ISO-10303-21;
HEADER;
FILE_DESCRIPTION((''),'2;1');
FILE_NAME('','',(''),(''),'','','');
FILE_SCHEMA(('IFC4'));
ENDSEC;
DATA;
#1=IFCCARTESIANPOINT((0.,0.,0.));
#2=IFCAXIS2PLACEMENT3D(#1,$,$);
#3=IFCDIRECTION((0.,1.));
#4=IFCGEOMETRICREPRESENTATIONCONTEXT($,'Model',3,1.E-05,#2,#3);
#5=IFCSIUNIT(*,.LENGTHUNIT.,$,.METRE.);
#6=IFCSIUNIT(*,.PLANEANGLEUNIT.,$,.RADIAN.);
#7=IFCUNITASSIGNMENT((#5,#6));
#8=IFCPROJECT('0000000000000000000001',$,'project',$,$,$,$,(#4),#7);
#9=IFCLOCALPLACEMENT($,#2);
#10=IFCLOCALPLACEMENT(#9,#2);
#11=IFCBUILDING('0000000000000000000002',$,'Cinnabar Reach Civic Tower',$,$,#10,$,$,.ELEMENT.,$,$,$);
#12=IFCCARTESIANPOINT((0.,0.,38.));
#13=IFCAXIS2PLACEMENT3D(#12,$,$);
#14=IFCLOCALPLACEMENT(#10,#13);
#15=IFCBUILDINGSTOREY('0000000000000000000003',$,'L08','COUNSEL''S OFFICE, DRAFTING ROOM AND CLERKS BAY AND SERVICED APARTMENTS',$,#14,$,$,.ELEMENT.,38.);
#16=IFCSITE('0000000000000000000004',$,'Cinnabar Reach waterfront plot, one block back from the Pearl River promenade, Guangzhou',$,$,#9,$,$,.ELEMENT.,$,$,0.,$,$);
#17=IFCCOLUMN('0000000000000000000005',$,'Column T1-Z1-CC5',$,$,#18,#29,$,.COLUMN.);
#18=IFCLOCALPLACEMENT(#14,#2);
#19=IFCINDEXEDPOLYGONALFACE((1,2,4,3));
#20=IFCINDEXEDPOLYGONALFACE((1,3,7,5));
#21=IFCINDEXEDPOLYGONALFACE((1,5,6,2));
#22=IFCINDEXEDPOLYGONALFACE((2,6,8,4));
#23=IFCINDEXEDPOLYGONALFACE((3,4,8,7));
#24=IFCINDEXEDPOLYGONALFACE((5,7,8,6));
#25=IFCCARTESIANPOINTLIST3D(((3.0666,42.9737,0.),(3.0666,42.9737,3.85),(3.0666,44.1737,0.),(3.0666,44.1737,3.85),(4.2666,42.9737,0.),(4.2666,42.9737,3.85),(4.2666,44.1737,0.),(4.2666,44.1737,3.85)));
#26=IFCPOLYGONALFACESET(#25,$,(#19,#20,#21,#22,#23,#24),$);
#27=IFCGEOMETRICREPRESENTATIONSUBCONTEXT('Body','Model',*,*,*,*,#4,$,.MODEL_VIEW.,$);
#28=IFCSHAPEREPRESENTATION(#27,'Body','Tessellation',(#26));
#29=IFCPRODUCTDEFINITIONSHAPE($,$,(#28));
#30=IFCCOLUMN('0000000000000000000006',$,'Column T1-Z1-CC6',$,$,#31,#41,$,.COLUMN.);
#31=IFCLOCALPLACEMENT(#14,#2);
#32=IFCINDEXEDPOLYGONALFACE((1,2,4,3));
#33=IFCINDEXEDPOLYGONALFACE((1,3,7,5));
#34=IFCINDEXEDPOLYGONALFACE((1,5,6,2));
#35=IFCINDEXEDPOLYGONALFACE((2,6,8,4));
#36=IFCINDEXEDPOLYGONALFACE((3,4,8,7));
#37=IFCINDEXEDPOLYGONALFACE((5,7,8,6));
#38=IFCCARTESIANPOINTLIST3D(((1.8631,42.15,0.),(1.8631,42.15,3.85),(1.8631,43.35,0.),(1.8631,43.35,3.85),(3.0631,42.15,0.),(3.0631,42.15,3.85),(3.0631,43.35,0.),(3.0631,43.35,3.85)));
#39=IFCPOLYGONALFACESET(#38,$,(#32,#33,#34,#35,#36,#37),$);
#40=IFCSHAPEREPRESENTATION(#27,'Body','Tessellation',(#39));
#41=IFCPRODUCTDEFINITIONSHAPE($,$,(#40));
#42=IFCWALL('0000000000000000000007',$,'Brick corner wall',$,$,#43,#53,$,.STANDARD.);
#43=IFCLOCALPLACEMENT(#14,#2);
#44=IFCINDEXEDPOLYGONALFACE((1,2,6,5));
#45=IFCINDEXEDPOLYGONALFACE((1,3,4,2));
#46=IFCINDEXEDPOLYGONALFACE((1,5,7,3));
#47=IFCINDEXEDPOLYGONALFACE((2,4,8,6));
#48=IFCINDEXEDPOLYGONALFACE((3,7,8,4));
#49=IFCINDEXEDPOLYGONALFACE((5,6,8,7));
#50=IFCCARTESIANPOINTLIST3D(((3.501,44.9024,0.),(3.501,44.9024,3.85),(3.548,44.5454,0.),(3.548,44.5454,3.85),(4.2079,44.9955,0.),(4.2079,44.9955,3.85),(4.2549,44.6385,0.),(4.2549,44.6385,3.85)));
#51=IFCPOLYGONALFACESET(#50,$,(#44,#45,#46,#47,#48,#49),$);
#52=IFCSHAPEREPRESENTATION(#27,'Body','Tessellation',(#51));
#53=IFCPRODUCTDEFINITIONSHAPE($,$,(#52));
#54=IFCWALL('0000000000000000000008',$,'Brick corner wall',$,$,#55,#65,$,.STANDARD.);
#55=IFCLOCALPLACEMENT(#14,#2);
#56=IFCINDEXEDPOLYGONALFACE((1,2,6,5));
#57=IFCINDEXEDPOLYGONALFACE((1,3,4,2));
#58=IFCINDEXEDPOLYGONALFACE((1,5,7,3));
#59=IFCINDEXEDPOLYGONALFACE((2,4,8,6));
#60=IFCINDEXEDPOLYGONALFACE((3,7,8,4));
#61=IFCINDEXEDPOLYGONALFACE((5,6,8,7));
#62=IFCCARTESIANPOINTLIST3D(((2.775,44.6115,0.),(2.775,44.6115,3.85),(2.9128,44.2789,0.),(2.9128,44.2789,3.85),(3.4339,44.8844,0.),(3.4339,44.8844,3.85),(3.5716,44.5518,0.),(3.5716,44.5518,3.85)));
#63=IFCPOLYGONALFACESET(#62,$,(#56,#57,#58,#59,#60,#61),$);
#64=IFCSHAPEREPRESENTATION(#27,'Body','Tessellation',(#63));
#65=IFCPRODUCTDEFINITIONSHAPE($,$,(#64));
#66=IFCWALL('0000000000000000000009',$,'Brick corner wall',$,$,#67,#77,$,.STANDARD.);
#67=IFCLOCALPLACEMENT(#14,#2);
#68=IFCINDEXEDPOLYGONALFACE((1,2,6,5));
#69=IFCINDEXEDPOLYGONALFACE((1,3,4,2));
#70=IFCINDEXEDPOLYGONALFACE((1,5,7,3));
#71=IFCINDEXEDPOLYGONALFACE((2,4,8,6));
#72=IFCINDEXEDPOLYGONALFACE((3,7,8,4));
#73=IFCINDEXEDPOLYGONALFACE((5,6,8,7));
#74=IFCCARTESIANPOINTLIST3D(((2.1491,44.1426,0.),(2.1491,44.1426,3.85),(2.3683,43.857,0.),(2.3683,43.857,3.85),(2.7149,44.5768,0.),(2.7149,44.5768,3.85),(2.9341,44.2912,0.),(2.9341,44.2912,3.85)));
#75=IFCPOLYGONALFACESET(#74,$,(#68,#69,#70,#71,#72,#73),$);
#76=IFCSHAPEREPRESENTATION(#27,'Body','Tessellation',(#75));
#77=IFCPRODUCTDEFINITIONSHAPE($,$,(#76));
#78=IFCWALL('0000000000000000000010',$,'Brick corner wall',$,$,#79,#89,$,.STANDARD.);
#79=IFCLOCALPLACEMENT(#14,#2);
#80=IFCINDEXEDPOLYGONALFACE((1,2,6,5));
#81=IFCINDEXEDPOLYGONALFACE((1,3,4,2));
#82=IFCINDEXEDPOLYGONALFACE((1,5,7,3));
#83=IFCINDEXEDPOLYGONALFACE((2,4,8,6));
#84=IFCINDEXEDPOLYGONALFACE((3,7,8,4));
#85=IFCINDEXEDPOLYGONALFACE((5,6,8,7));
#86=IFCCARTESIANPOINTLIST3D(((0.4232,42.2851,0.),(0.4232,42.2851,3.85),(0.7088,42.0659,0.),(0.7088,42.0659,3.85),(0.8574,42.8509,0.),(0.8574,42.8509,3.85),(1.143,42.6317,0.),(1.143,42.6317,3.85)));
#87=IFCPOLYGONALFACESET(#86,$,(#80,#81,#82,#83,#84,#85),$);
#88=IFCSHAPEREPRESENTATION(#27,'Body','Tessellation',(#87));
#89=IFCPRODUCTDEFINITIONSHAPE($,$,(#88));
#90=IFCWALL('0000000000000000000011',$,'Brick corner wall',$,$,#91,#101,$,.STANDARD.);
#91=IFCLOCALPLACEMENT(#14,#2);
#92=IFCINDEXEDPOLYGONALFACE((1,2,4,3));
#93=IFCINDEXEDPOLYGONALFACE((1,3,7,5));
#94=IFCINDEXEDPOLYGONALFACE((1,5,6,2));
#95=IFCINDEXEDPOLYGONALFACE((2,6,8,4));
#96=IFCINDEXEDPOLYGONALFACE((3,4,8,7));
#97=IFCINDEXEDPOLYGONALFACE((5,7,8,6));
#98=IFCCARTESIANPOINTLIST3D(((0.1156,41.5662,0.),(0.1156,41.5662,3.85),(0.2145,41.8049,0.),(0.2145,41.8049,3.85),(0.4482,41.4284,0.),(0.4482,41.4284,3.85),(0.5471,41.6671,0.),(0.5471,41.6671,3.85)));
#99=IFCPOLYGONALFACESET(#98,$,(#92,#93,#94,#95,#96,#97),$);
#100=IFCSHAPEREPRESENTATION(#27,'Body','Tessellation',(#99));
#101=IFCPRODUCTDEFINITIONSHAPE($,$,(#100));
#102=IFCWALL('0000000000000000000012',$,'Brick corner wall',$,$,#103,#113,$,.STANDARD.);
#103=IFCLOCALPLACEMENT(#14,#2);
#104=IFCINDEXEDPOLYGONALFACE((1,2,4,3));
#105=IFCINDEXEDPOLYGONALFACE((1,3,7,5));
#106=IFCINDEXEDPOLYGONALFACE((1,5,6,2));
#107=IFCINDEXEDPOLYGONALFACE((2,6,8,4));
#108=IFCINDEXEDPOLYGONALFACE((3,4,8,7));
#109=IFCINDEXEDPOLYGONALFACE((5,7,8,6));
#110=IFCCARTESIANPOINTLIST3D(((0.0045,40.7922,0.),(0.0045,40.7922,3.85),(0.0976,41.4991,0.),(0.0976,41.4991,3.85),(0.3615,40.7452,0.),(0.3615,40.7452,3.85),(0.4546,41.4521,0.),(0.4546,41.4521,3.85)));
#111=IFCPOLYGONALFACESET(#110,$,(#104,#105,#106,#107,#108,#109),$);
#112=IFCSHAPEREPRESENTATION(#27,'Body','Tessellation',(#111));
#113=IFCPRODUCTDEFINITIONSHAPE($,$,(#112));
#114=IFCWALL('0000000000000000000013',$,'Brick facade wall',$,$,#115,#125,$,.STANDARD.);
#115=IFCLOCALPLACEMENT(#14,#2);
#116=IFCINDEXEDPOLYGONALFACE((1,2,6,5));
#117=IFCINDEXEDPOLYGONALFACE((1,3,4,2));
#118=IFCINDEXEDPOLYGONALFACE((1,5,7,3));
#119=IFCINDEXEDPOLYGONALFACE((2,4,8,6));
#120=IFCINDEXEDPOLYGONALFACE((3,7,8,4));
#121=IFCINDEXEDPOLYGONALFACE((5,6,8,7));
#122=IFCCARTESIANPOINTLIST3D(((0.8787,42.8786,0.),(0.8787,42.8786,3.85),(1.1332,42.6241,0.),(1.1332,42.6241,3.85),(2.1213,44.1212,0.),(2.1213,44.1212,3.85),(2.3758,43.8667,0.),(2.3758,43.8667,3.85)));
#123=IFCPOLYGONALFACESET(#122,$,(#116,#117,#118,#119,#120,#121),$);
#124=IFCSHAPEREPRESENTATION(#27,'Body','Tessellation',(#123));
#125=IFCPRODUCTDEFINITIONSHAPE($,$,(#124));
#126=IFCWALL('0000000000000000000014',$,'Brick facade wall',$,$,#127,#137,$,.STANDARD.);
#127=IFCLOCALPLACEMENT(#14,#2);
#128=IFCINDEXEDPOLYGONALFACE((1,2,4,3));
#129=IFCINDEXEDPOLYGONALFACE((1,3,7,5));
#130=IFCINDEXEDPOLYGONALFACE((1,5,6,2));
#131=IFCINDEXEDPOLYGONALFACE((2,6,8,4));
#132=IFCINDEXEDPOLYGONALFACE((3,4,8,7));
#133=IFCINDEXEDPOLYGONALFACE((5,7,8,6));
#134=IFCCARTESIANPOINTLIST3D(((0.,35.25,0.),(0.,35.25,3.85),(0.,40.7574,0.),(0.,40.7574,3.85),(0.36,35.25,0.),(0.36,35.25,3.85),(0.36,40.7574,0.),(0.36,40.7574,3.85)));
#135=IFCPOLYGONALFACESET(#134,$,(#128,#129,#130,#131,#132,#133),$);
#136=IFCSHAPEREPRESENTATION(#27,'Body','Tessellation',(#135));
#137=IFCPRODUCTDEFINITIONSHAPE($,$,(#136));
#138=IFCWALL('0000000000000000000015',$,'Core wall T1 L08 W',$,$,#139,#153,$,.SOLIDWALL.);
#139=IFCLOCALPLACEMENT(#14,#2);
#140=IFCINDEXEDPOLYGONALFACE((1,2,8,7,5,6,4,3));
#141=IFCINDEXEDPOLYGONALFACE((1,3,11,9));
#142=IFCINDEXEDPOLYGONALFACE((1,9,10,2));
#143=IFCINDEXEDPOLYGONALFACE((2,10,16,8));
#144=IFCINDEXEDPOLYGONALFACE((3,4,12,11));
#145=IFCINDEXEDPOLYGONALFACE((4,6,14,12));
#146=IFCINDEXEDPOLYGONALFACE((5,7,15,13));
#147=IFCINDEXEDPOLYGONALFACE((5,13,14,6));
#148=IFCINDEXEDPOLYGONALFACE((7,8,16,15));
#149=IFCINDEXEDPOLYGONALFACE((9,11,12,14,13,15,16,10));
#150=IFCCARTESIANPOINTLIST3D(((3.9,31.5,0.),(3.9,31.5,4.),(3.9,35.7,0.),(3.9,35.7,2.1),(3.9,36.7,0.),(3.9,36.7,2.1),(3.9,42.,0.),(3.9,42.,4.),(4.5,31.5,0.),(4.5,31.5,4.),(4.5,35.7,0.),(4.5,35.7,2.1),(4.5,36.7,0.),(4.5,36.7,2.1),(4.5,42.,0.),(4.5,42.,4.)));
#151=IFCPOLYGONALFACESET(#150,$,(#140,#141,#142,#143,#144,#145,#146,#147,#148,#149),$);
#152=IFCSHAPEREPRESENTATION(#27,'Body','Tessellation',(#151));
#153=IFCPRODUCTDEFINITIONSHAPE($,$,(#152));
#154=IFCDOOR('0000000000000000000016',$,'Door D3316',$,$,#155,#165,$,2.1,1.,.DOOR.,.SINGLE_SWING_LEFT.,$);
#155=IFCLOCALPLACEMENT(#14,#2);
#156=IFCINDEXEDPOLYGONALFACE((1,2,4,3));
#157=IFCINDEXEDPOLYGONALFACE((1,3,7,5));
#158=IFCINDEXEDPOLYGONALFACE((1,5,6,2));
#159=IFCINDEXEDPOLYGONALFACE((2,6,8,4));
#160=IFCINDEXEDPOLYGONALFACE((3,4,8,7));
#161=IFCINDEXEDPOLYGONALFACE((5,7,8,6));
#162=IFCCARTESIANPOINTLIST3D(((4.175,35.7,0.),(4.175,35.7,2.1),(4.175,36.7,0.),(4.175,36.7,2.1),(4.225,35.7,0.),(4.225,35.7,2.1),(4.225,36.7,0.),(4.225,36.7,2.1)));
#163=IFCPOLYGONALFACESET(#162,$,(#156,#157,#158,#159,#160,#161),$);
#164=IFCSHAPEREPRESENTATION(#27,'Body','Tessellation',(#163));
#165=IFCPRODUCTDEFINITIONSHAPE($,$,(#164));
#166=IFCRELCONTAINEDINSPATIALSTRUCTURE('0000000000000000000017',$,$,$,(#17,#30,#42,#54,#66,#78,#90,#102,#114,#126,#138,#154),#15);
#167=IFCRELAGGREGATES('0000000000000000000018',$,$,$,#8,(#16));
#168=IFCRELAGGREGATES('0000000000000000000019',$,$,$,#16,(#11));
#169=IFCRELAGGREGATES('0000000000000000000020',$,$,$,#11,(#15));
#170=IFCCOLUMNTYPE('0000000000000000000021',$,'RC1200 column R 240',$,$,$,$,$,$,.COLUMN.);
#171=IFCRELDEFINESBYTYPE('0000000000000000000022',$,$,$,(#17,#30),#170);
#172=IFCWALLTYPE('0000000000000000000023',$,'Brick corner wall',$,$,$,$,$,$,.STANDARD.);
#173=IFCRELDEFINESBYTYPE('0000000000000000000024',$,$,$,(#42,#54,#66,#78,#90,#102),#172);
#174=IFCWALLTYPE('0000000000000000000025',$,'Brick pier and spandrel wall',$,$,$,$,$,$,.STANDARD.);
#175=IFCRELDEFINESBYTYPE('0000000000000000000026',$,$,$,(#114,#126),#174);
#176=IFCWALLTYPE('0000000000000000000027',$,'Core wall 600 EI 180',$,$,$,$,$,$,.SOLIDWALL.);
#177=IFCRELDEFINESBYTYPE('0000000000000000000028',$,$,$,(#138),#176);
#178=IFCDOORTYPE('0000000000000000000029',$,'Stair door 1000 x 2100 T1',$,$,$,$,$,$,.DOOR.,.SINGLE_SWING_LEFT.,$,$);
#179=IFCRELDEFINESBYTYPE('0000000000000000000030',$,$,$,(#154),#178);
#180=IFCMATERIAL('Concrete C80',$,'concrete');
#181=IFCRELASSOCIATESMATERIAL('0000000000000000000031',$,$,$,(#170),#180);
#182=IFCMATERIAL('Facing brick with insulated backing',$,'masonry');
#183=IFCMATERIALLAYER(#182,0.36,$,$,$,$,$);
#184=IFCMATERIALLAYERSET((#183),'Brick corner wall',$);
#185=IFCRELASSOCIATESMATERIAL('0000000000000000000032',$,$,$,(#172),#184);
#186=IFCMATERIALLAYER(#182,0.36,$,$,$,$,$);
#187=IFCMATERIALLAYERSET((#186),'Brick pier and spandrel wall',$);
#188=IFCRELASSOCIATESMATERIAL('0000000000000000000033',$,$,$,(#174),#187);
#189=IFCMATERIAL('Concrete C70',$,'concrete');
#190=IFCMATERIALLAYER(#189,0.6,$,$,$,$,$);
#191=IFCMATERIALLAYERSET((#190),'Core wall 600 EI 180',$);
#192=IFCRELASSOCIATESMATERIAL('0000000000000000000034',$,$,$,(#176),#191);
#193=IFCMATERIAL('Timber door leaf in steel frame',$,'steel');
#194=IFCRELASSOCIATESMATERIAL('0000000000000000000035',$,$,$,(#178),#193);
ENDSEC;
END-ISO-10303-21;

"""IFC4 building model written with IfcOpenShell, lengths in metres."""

from ifc_helpers import new_model, si_unit, direction, frame, frame_2d, origin, origin_2d, place, context, subcontext, project, spatial, rectangle, extrude, material, layer, layer_set, material_profile, profile_set, type_object, element, fill, save


model = new_model("IFC4")

# Units and contexts
model_context = context("Model", 3, precision=1e-05, world=origin(), true_north=direction((0.0, 1.0)))
body_context = subcontext(model_context, "Body", "Model", "MODEL_VIEW")
ifc_project = project(units=[si_unit("LENGTHUNIT", "METRE"), si_unit("PLANEANGLEUNIT", "RADIAN")], contexts=[model_context])

# Site, building, storey
site_placement = place(None, origin())
site = spatial("IfcSite", under=ifc_project, at=site_placement, Name="Cinnabar Reach waterfront plot, one block back from the Pearl River promenade, Guangzhou", CompositionType="ELEMENT", RefElevation=0.0)
building_placement = place(site_placement, origin())
building = spatial("IfcBuilding", under=site, at=building_placement, Name="Cinnabar Reach Civic Tower", CompositionType="ELEMENT")
storey_placement = place(building_placement, frame((0.0, 0.0, 38.0)))
storey = spatial("IfcBuildingStorey", under=building, at=storey_placement, Name="L08", Description="COUNSEL'S OFFICE, DRAFTING ROOM AND CLERKS BAY AND SERVICED APARTMENTS", CompositionType="ELEMENT", Elevation=38.0)

# Columns
ifc_material_1 = material(Name="Concrete C80", Category="concrete")
ifc_material_profile = material_profile(ifc_material_1, rectangle(XDim=1.2, YDim=1.2, at=origin_2d()), Name="RC1200")
ifc_profile_set = profile_set([ifc_material_profile], Name="Concrete C80")
column_type = type_object("IfcColumnType", Name="RC1200 column R 240", PredefinedType="COLUMN", material=ifc_profile_set)
for number, where, z_axis, x_axis, name in (
    (1, (3.6666, 43.5737, 0.0), (0.0, 0.0, 1.0), (1.0, 0.0, 0.0), "Column T1-Z1-CC5"),
    (2, (2.4631, 42.75, 0.0), (0.0, 0.0, 1.0), (1.0, 0.0, 0.0), "Column T1-Z1-CC6"),
):
    element("IfcColumn", number, at=place(storey_placement, frame(where, z_axis=z_axis, x_axis=x_axis)), inside=storey, type_object=column_type, Name=name, PredefinedType="COLUMN", context=body_context, shape_type="SweptSolid", body=[
        extrude(rectangle(XDim=1.2, YDim=1.2, at=origin_2d()), origin(), (0.0, 0.0, 1.0), 3.85),
    ])

# Walls
ifc_material_2 = material(Name="Facing brick with insulated backing", Category="masonry")
ifc_layer_1 = layer(ifc_material_2, 0.36)
ifc_layer_set_1 = layer_set([ifc_layer_1], Name="Brick corner wall")
wall_type_1 = type_object("IfcWallType", Name="Brick corner wall", PredefinedType="STANDARD", material=ifc_layer_set_1)
for number, where, z_axis, x_axis, name in (
    (3, (4.2314, 44.817, 0.0), (0.0, 0.0, 1.0), (-0.991441, -0.130556, 0.0), "Brick corner wall"),
    (4, (3.5027, 44.7181, 0.0), (0.0, 0.0, 1.0), (-0.923872, -0.382703, 0.0), "Brick corner wall"),
):
    element("IfcWall", number, at=place(storey_placement, frame(where, z_axis=z_axis, x_axis=x_axis)), inside=storey, type_object=wall_type_1, Name=name, PredefinedType="STANDARD", context=body_context, shape_type="SweptSolid", body=[
        extrude(rectangle(XDim=0.7131, YDim=0.36, at=frame_2d((0.3565, 0.0))), origin(), (0.0, 0.0, 1.0), 3.85),
    ])
for number, where, z_axis, x_axis, name in (
    (5, (2.8245, 44.434, 0.0), (0.0, 0.0, 1.0), (-0.793322, -0.608802, 0.0), "Brick corner wall"),
    (6, (1.0002, 42.7413, 0.0), (0.0, 0.0, 1.0), (-0.608802, -0.793322, 0.0), "Brick corner wall"),
):
    element("IfcWall", number, at=place(storey_placement, frame(where, z_axis=z_axis, x_axis=x_axis)), inside=storey, type_object=wall_type_1, Name=name, PredefinedType="STANDARD", context=body_context, shape_type="SweptSolid", body=[
        extrude(rectangle(XDim=0.7132, YDim=0.36, at=frame_2d((0.3566, 0.0))), origin(), (0.0, 0.0, 1.0), 3.85),
    ])
wall_1_placement = place(storey_placement, frame((0.3808, 41.736, 0.0), z_axis=(0.0, 0.0, 1.0), x_axis=(-0.382773, -0.923842, 0.0)))
element("IfcWall", 7, at=wall_1_placement, inside=storey, type_object=wall_type_1, Name="Brick corner wall", PredefinedType="STANDARD", context=body_context, shape_type="SweptSolid", body=[
    extrude(rectangle(XDim=0.2584, YDim=0.36, at=frame_2d((0.1292, 0.0))), origin(), (0.0, 0.0, 1.0), 3.85),
])
wall_2_placement = place(storey_placement, frame((0.2761, 41.4756, 0.0), z_axis=(0.0, 0.0, 1.0), x_axis=(-0.130556, -0.991441, 0.0)))
element("IfcWall", 8, at=wall_2_placement, inside=storey, type_object=wall_type_1, Name="Brick corner wall", PredefinedType="STANDARD", context=body_context, shape_type="SweptSolid", body=[
    extrude(rectangle(XDim=0.7131, YDim=0.36, at=frame_2d((0.3565, 0.0))), origin(), (0.0, 0.0, 1.0), 3.85),
])
ifc_layer_2 = layer(ifc_material_2, 0.36)
ifc_layer_set_2 = layer_set([ifc_layer_2], Name="Brick pier and spandrel wall")
wall_type_2 = type_object("IfcWallType", Name="Brick pier and spandrel wall", PredefinedType="STANDARD", material=ifc_layer_set_2)
wall_3_placement = place(storey_placement, frame((2.2486, 43.994, 0.0), z_axis=(0.0, 0.0, 1.0), x_axis=(-0.707107, -0.707107, 0.0)))
element("IfcWall", 9, at=wall_3_placement, inside=storey, type_object=wall_type_2, Name="Brick facade wall", PredefinedType="STANDARD", context=body_context, shape_type="SweptSolid", body=[
    extrude(rectangle(XDim=1.7573, YDim=0.36, at=frame_2d((0.8787, 0.0))), origin(), (0.0, 0.0, 1.0), 3.85),
])
wall_4_placement = place(storey_placement, frame((0.18, 40.7574, 0.0), z_axis=(0.0, 0.0, 1.0), x_axis=(0.0, -1.0, 0.0)))
element("IfcWall", 10, at=wall_4_placement, inside=storey, type_object=wall_type_2, Name="Brick facade wall", PredefinedType="STANDARD", context=body_context, shape_type="SweptSolid", body=[
    extrude(rectangle(XDim=5.5074, YDim=0.36, at=frame_2d((2.7537, 0.0))), origin(), (0.0, 0.0, 1.0), 3.85),
])

# Wall, opening, door
ifc_material_3 = material(Name="Concrete C70", Category="concrete")
ifc_layer_3 = layer(ifc_material_3, 0.6)
ifc_layer_set_3 = layer_set([ifc_layer_3], Name="Core wall 600 EI 180")
wall_type_3 = type_object("IfcWallType", Name="Core wall 600 EI 180", PredefinedType="SOLIDWALL", material=ifc_layer_set_3)
wall_5_placement = place(storey_placement, frame((4.2, 42.0, 0.0), z_axis=(0.0, 0.0, 1.0), x_axis=(0.0, -1.0, 0.0)))
wall_5 = element("IfcWall", 11, at=wall_5_placement, inside=storey, type_object=wall_type_3, Name="Core wall T1 L08 W", PredefinedType="SOLIDWALL", context=body_context, shape_type="SweptSolid", body=[
    extrude(rectangle(XDim=10.5, YDim=0.6, at=frame_2d((5.25, 0.0))), origin(), (0.0, 0.0, 1.0), 4.0),
])
opening_1_placement = place(wall_5_placement, frame((5.3, 0.0, 0.0)))
opening_1 = element("IfcOpeningElement", 12, at=opening_1_placement, cuts=wall_5, PredefinedType="OPENING", context=body_context, shape_type="SweptSolid", body=[
    extrude(rectangle(XDim=1.0, YDim=2.1, at=frame_2d((0.5, 1.05))), frame((0.0, 0.31, 0.0), z_axis=(0.0, -1.0, 0.0), x_axis=(1.0, 0.0, 0.0)), (0.0, 0.0, 1.0), 0.62),
])
ifc_material_4 = material(Name="Timber door leaf in steel frame", Category="steel")
door_type_1 = type_object("IfcDoorType", Name="Stair door 1000 x 2100 T1", OperationType="SINGLE_SWING_LEFT", PredefinedType="DOOR", material=ifc_material_4)
door_1_placement = place(opening_1_placement, frame((1.0, 0.0, 0.0), z_axis=(0.0, 0.0, 1.0), x_axis=(-1.0, 0.0, 0.0)))
door_1 = element("IfcDoor", 13, at=door_1_placement, inside=storey, type_object=door_type_1, Name="Door D3316", OperationType="SINGLE_SWING_LEFT", OverallHeight=2.1, OverallWidth=1.0, PredefinedType="DOOR", context=body_context, shape_type="SweptSolid", body=[
    extrude(rectangle(XDim=1.0, YDim=2.1, at=frame_2d((0.5, 1.05))), frame((0.0, 0.025, 0.0), z_axis=(0.0, -1.0, 0.0), x_axis=(1.0, 0.0, 0.0)), (0.0, 0.0, 1.0), 0.05),
])
fill(opening_1, door_1)

save(model, "model.ifc")
